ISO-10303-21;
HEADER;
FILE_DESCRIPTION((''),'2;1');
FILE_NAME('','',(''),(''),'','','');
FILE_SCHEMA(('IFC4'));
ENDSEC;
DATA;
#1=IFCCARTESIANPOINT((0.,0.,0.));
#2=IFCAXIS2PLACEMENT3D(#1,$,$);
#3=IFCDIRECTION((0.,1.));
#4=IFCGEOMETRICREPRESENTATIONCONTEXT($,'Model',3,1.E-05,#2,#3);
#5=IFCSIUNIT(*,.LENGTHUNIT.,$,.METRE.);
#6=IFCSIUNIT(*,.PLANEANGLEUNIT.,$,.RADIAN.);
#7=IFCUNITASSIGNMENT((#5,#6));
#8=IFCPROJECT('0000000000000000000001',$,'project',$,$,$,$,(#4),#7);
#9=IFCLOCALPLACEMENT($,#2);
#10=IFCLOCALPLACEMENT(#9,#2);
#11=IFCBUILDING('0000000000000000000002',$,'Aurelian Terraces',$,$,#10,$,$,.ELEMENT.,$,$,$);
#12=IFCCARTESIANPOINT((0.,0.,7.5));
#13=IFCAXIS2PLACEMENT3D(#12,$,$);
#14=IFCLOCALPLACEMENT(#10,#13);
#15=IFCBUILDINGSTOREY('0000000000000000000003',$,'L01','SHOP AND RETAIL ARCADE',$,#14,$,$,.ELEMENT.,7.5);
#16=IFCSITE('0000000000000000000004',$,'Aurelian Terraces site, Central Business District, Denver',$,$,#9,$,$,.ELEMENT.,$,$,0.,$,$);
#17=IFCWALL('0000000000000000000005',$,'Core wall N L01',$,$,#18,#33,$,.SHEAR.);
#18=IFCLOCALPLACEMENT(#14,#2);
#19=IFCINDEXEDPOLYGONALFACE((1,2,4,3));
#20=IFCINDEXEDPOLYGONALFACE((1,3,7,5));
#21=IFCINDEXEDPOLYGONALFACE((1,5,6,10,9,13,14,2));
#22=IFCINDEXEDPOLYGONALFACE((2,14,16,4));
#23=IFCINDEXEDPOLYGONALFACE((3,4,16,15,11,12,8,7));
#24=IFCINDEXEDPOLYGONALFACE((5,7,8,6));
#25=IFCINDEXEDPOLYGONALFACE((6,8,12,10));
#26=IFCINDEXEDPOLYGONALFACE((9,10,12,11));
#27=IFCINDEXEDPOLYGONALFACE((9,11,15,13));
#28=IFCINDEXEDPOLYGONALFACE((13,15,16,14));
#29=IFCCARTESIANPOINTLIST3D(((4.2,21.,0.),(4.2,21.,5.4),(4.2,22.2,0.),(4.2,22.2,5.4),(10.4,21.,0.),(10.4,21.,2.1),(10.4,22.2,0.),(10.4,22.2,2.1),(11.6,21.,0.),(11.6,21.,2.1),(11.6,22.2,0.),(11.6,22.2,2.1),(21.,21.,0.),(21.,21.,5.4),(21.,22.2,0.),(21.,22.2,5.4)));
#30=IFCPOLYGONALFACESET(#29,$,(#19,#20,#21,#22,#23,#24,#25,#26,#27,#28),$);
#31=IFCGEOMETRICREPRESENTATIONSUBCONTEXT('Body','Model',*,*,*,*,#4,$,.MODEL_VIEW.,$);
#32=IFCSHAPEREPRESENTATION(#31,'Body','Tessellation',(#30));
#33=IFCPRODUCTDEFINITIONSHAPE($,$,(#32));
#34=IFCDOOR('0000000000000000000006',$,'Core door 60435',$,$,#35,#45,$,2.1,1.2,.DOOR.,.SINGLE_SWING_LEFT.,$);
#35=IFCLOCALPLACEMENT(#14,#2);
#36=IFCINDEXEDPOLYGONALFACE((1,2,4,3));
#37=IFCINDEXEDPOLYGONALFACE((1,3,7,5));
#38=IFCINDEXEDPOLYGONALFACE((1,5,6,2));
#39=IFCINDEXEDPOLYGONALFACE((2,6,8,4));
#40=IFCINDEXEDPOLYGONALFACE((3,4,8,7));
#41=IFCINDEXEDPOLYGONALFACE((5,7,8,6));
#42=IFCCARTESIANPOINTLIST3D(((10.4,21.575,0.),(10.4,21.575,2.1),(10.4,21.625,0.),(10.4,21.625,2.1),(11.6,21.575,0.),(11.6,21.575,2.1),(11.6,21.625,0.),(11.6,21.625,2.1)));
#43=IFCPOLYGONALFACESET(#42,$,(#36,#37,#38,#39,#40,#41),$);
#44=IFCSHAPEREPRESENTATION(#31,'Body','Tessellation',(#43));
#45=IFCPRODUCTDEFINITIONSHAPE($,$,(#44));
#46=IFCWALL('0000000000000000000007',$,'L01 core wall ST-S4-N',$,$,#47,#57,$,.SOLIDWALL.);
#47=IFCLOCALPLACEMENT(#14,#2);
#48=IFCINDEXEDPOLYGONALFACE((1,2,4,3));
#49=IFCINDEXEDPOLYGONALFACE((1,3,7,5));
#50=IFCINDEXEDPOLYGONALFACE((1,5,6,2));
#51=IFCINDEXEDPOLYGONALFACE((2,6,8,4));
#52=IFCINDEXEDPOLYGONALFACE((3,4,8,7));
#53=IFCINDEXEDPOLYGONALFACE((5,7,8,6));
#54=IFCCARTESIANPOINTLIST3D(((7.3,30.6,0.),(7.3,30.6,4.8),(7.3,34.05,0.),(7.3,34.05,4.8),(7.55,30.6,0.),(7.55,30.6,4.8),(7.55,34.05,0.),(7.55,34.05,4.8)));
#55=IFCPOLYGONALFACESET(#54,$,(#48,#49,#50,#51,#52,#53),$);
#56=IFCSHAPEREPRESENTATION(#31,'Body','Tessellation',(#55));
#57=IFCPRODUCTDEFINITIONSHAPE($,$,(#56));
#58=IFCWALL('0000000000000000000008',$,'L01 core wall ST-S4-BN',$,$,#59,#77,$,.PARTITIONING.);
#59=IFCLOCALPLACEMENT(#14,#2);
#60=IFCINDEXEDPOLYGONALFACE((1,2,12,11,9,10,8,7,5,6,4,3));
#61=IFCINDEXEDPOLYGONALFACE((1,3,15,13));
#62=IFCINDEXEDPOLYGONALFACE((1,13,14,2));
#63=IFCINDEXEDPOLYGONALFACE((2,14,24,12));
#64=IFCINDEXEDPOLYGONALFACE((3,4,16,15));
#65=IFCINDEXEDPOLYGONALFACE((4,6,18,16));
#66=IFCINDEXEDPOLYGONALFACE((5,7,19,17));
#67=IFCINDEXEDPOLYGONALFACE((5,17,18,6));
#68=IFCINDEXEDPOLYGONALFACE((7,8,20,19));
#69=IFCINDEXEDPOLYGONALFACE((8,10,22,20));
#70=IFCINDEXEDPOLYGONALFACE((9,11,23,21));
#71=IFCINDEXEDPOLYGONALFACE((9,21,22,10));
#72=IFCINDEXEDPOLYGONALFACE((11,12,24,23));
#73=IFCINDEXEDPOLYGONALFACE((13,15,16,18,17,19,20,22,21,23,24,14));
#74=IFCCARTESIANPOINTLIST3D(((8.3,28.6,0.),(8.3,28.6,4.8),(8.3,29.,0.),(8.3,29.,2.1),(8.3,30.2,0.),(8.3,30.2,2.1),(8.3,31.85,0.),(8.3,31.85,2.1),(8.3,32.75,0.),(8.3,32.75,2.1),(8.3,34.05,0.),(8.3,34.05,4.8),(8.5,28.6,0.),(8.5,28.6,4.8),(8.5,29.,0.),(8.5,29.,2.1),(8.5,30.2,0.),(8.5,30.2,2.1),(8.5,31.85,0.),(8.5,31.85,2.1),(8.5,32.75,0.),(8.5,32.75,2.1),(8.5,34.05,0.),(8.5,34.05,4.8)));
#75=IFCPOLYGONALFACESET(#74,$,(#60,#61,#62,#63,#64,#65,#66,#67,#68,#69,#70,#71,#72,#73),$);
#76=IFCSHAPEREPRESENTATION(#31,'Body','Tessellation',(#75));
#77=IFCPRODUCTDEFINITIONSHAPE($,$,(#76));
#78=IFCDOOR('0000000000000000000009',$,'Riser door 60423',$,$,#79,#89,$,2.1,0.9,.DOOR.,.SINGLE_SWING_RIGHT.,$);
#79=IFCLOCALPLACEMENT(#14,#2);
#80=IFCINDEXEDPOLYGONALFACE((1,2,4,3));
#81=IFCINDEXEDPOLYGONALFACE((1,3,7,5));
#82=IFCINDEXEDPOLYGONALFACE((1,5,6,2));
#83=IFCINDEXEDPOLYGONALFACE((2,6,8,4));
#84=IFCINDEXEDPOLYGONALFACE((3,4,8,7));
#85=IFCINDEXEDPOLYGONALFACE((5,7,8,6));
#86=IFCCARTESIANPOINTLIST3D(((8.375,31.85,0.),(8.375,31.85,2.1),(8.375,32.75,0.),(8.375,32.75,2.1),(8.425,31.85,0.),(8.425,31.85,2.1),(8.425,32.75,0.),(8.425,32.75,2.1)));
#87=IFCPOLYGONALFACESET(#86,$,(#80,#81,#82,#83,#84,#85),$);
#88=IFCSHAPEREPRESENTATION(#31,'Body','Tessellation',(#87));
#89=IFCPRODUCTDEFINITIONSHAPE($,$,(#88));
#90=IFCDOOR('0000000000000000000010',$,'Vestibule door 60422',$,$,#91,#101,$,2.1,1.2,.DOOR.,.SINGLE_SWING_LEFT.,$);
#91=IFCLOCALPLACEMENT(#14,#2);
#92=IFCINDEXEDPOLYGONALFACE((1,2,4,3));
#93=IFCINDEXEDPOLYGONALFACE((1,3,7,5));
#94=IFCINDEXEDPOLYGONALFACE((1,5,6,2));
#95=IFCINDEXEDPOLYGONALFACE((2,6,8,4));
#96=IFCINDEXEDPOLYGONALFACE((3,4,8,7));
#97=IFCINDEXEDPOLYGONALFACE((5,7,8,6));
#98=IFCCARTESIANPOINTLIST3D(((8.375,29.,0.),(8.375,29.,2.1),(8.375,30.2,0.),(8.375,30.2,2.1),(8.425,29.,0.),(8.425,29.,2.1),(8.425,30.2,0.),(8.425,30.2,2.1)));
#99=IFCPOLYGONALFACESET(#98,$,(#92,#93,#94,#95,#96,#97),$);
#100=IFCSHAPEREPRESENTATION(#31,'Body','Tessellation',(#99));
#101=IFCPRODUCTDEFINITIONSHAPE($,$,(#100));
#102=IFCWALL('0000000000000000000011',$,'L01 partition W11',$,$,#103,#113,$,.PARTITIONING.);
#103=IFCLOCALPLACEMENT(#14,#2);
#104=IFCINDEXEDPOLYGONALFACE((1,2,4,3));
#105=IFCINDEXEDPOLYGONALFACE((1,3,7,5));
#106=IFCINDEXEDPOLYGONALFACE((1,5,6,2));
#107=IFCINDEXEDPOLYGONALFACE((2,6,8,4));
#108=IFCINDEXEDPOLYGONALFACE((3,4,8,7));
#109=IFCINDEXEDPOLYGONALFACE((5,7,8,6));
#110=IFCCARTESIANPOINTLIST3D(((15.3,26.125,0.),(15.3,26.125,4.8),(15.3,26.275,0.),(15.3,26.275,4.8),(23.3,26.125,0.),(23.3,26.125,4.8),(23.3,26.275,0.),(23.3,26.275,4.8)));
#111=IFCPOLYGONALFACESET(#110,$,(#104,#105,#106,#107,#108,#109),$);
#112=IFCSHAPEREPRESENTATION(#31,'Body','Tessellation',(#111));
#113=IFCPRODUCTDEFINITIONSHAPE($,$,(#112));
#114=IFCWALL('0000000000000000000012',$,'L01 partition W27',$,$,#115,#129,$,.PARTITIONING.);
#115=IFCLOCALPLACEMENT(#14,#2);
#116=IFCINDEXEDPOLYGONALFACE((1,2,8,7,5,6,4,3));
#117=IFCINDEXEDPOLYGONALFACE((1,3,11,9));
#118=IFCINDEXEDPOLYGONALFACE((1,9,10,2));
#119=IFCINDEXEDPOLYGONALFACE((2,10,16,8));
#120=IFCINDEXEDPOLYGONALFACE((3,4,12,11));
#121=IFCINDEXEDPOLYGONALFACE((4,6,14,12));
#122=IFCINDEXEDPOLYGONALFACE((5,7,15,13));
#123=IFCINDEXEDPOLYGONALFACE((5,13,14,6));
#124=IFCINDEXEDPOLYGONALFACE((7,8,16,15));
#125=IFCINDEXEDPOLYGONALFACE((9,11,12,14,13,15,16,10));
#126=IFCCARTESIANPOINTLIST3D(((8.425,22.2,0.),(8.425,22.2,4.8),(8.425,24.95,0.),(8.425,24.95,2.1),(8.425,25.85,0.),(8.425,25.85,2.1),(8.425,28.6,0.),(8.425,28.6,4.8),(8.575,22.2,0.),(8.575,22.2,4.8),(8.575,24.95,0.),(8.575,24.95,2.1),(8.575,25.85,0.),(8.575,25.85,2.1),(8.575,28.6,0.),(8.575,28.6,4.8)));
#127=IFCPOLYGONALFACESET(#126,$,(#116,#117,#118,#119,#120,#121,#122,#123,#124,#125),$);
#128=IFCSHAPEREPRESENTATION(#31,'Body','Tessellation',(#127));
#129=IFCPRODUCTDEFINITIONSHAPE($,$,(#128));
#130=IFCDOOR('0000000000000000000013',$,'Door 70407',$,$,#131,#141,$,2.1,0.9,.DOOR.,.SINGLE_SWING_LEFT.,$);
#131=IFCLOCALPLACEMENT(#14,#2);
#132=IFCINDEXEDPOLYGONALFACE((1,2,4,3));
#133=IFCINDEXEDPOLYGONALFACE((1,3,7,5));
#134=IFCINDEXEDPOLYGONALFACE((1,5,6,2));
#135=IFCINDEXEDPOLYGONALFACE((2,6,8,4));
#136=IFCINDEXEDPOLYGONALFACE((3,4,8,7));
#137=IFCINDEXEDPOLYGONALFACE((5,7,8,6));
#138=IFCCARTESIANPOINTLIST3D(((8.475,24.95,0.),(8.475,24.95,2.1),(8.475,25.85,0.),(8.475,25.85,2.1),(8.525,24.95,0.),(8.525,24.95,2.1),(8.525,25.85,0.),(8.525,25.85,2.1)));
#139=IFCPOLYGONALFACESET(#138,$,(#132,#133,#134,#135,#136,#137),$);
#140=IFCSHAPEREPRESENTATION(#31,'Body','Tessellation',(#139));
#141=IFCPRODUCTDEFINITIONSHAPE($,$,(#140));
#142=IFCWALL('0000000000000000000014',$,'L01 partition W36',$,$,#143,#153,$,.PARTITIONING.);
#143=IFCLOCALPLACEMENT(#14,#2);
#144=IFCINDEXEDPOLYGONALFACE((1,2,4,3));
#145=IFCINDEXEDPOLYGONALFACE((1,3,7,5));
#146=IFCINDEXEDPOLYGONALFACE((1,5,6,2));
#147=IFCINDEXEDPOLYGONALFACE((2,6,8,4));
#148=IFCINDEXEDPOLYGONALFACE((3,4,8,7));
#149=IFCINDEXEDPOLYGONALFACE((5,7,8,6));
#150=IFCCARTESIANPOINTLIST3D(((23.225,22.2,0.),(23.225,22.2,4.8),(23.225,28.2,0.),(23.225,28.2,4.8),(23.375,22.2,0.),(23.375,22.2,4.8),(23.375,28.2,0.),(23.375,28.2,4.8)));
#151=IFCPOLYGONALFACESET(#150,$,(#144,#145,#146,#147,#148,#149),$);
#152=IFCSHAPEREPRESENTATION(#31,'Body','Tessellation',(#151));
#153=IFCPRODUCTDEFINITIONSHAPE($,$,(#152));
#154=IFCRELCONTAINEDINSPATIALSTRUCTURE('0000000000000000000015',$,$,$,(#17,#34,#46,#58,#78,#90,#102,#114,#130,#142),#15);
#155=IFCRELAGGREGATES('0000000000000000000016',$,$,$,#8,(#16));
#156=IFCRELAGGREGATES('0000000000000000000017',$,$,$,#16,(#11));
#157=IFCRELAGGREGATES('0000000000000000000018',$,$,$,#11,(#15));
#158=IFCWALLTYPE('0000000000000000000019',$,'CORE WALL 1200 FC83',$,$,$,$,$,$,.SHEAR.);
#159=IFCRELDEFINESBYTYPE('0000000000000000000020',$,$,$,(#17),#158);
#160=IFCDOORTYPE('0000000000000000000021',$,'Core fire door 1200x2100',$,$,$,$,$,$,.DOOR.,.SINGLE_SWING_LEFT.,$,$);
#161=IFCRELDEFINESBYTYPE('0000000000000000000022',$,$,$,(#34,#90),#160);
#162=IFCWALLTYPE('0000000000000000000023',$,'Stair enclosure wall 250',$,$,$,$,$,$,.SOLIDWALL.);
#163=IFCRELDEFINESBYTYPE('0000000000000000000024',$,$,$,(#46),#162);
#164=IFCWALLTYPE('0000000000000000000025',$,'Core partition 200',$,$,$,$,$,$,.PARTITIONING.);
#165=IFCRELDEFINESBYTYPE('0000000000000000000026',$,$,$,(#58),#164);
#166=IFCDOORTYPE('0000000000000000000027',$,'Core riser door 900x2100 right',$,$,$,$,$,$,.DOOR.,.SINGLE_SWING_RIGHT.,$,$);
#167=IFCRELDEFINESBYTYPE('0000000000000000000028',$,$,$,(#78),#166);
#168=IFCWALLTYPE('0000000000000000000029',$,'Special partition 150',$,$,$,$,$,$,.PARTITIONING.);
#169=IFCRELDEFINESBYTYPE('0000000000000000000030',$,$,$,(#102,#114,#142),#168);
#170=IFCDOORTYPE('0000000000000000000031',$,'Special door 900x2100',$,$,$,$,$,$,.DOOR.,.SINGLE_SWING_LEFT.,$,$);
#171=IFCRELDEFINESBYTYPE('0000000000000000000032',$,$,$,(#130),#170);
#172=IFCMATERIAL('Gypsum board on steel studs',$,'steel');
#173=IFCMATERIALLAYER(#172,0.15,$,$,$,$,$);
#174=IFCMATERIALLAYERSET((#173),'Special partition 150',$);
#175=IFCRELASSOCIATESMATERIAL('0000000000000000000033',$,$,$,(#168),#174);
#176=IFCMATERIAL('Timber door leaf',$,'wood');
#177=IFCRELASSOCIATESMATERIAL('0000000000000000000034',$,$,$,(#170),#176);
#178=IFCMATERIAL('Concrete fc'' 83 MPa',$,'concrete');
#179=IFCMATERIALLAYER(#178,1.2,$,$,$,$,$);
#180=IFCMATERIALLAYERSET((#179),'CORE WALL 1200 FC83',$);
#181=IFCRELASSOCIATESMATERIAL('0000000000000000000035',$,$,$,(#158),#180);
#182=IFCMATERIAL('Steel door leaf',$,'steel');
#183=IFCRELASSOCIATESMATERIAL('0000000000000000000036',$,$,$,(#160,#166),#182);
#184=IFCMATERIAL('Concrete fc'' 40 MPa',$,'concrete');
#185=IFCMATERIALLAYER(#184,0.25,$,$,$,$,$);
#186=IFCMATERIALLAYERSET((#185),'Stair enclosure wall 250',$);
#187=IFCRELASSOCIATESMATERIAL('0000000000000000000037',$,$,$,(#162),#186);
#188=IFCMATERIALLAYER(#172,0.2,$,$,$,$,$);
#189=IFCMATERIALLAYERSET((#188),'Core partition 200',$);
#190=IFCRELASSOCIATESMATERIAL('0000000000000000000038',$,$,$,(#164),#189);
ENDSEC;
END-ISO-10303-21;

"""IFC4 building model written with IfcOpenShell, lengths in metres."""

from ifc_helpers import new_model, si_unit, direction, frame, frame_2d, origin, place, context, subcontext, project, spatial, rectangle, extrude, source, transform, mapped, material, layer, layer_set, type_object, element, fill, save


model = new_model("IFC4")

# Units and contexts
model_context = context("Model", 3, precision=1e-05, world=origin(), true_north=direction((0.0, 1.0)))
body_context = subcontext(model_context, "Body", "Model", "MODEL_VIEW")
ifc_project = project(units=[si_unit("LENGTHUNIT", "METRE"), si_unit("PLANEANGLEUNIT", "RADIAN")], contexts=[model_context])

# Site, building, storey
site_placement = place(None, origin())
site = spatial("IfcSite", under=ifc_project, at=site_placement, Name="Aurelian Terraces site, Central Business District, Denver", CompositionType="ELEMENT", RefElevation=0.0)
building_placement = place(site_placement, origin())
building = spatial("IfcBuilding", under=site, at=building_placement, Name="Aurelian Terraces", CompositionType="ELEMENT")
storey_placement = place(building_placement, frame((0.0, 0.0, 7.5)))
storey = spatial("IfcBuildingStorey", under=building, at=storey_placement, Name="L01", Description="SHOP AND RETAIL ARCADE", CompositionType="ELEMENT", Elevation=7.5)

# Shared definitions
ifc_material_1 = material(Name="Concrete fc' 83 MPa", Category="concrete")

# Shared definitions
ifc_material_2 = material(Name="Gypsum board on steel studs", Category="steel")
ifc_layer_1 = layer(ifc_material_2, 0.15)
ifc_layer_set_1 = layer_set([ifc_layer_1], Name="Special partition 150")
wall_type_1 = type_object("IfcWallType", Name="Special partition 150", PredefinedType="PARTITIONING", material=ifc_layer_set_1)

# Shared definitions
shared_shape_1 = source(origin(), body_context, "Body", "SweptSolid", [
    extrude(rectangle(XDim=0.9, YDim=2.1, at=frame_2d((0.45, 1.05))), frame((0.0, 0.085, 0.0), z_axis=(0.0, -1.0, 0.0), x_axis=(1.0, 0.0, 0.0)), (0.0, 0.0, 1.0), 0.17),
])
ifc_material_3 = material(Name="Timber door leaf", Category="wood")
door_type_1 = type_object("IfcDoorType", Name="Special door 900x2100", OperationType="SINGLE_SWING_LEFT", PredefinedType="DOOR", material=ifc_material_3)
shared_shape_2 = source(origin(), body_context, "Body", "SweptSolid", [
    extrude(rectangle(XDim=0.9, YDim=2.1, at=frame_2d((0.45, 1.05))), frame((0.0, 0.025, 0.0), z_axis=(0.0, -1.0, 0.0), x_axis=(1.0, 0.0, 0.0)), (0.0, 0.0, 1.0), 0.05),
])

# Wall, opening, door
ifc_layer_2 = layer(ifc_material_1, 1.2)
ifc_layer_set_2 = layer_set([ifc_layer_2], Name="CORE WALL 1200 FC83")
wall_type_2 = type_object("IfcWallType", Name="CORE WALL 1200 FC83", PredefinedType="SHEAR", material=ifc_layer_set_2)
shared_shape_3 = source(origin(), body_context, "Body", "SweptSolid", [
    extrude(rectangle(XDim=16.8, YDim=1.2, at=frame_2d((8.4, 0.0))), origin(), (0.0, 0.0, 1.0), 5.4),
])
wall_1_placement = place(storey_placement, frame((4.2, 21.6, 0.0), z_axis=(0.0, 0.0, 1.0), x_axis=(1.0, 0.0, 0.0)))
wall_1 = element("IfcWall", 1, at=wall_1_placement, inside=storey, type_object=wall_type_2, Name="Core wall N L01", PredefinedType="SHEAR", context=body_context, shape_type="MappedRepresentation", body=[
    mapped(shared_shape_3, transform((0.0, 0.0, 0.0), scale=1.0)),
])
shared_shape_4 = source(origin(), body_context, "Body", "SweptSolid", [
    extrude(rectangle(XDim=1.2, YDim=2.1, at=frame_2d((0.6, 1.05))), frame((0.0, 0.61, 0.0), z_axis=(0.0, -1.0, 0.0), x_axis=(1.0, 0.0, 0.0)), (0.0, 0.0, 1.0), 1.22),
])
opening_1_placement = place(wall_1_placement, frame((6.2, 0.0, 0.0)))
opening_1 = element("IfcOpeningElement", 2, at=opening_1_placement, cuts=wall_1, PredefinedType="OPENING", context=body_context, shape_type="MappedRepresentation", body=[
    mapped(shared_shape_4, transform((0.0, 0.0, 0.0), scale=1.0)),
])
ifc_material_4 = material(Name="Steel door leaf", Category="steel")
door_type_2 = type_object("IfcDoorType", Name="Core fire door 1200x2100", OperationType="SINGLE_SWING_LEFT", PredefinedType="DOOR", material=ifc_material_4)
shared_shape_5 = source(origin(), body_context, "Body", "SweptSolid", [
    extrude(rectangle(XDim=1.2, YDim=2.1, at=frame_2d((0.6, 1.05))), frame((0.0, 0.025, 0.0), z_axis=(0.0, -1.0, 0.0), x_axis=(1.0, 0.0, 0.0)), (0.0, 0.0, 1.0), 0.05),
])
door_1_placement = place(opening_1_placement, origin())
door_1 = element("IfcDoor", 3, at=door_1_placement, inside=storey, type_object=door_type_2, Name="Core door 60435", OperationType="SINGLE_SWING_LEFT", OverallHeight=2.1, OverallWidth=1.2, PredefinedType="DOOR", context=body_context, shape_type="MappedRepresentation", body=[
    mapped(shared_shape_5, transform((0.0, 0.0, 0.0), scale=1.0)),
])
fill(opening_1, door_1)

# Wall
ifc_material_5 = material(Name="Concrete fc' 40 MPa", Category="concrete")
ifc_layer_3 = layer(ifc_material_5, 0.25)
ifc_layer_set_3 = layer_set([ifc_layer_3], Name="Stair enclosure wall 250")
wall_type_3 = type_object("IfcWallType", Name="Stair enclosure wall 250", PredefinedType="SOLIDWALL", material=ifc_layer_set_3)
shared_shape_6 = source(origin(), body_context, "Body", "SweptSolid", [
    extrude(rectangle(XDim=3.45, YDim=0.25, at=frame_2d((1.725, 0.0))), origin(), (0.0, 0.0, 1.0), 4.8),
])
wall_2_placement = place(storey_placement, frame((7.425, 30.6, 0.0), z_axis=(0.0, 0.0, 1.0), x_axis=(0.0, 1.0, 0.0)))
element("IfcWall", 4, at=wall_2_placement, inside=storey, type_object=wall_type_3, Name="L01 core wall ST-S4-N", PredefinedType="SOLIDWALL", context=body_context, shape_type="MappedRepresentation", body=[
    mapped(shared_shape_6, transform((0.0, 0.0, 0.0), scale=1.0)),
])

# Wall, openings, doors
ifc_layer_4 = layer(ifc_material_2, 0.2)
ifc_layer_set_4 = layer_set([ifc_layer_4], Name="Core partition 200")
wall_type_4 = type_object("IfcWallType", Name="Core partition 200", PredefinedType="PARTITIONING", material=ifc_layer_set_4)
shared_shape_7 = source(origin(), body_context, "Body", "SweptSolid", [
    extrude(rectangle(XDim=5.45, YDim=0.2, at=frame_2d((2.725, 0.0))), origin(), (0.0, 0.0, 1.0), 4.8),
])
wall_3_placement = place(storey_placement, frame((8.4, 28.6, 0.0), z_axis=(0.0, 0.0, 1.0), x_axis=(0.0, 1.0, 0.0)))
wall_3 = element("IfcWall", 5, at=wall_3_placement, inside=storey, type_object=wall_type_4, Name="L01 core wall ST-S4-BN", PredefinedType="PARTITIONING", context=body_context, shape_type="MappedRepresentation", body=[
    mapped(shared_shape_7, transform((0.0, 0.0, 0.0), scale=1.0)),
])
shared_shape_8 = source(origin(), body_context, "Body", "SweptSolid", [
    extrude(rectangle(XDim=1.2, YDim=2.1, at=frame_2d((0.6, 1.05))), frame((0.0, 0.11, 0.0), z_axis=(0.0, -1.0, 0.0), x_axis=(1.0, 0.0, 0.0)), (0.0, 0.0, 1.0), 0.22),
])
opening_2_placement = place(wall_3_placement, frame((0.4, 0.0, 0.0)))
opening_2 = element("IfcOpeningElement", 6, at=opening_2_placement, cuts=wall_3, PredefinedType="OPENING", context=body_context, shape_type="MappedRepresentation", body=[
    mapped(shared_shape_8, transform((0.0, 0.0, 0.0), scale=1.0)),
])
shared_shape_9 = source(origin(), body_context, "Body", "SweptSolid", [
    extrude(rectangle(XDim=0.9, YDim=2.1, at=frame_2d((0.45, 1.05))), frame((0.0, 0.11, 0.0), z_axis=(0.0, -1.0, 0.0), x_axis=(1.0, 0.0, 0.0)), (0.0, 0.0, 1.0), 0.22),
])
opening_3_placement = place(wall_3_placement, frame((3.25, 0.0, 0.0)))
opening_3 = element("IfcOpeningElement", 7, at=opening_3_placement, cuts=wall_3, PredefinedType="OPENING", context=body_context, shape_type="MappedRepresentation", body=[
    mapped(shared_shape_9, transform((0.0, 0.0, 0.0), scale=1.0)),
])
door_type_3 = type_object("IfcDoorType", Name="Core riser door 900x2100 right", OperationType="SINGLE_SWING_RIGHT", PredefinedType="DOOR", material=ifc_material_4)
door_2_placement = place(opening_3_placement, origin())
door_2 = element("IfcDoor", 8, at=door_2_placement, inside=storey, type_object=door_type_3, Name="Riser door 60423", OperationType="SINGLE_SWING_RIGHT", OverallHeight=2.1, OverallWidth=0.9, PredefinedType="DOOR", context=body_context, shape_type="MappedRepresentation", body=[
    mapped(shared_shape_2, transform((0.0, 0.0, 0.0), scale=1.0)),
])
fill(opening_3, door_2)
door_3_placement = place(opening_2_placement, origin())
door_3 = element("IfcDoor", 9, at=door_3_placement, inside=storey, type_object=door_type_2, Name="Vestibule door 60422", OperationType="SINGLE_SWING_LEFT", OverallHeight=2.1, OverallWidth=1.2, PredefinedType="DOOR", context=body_context, shape_type="MappedRepresentation", body=[
    mapped(shared_shape_5, transform((0.0, 0.0, 0.0), scale=1.0)),
])
fill(opening_2, door_3)

# Wall
shared_shape_10 = source(origin(), body_context, "Body", "SweptSolid", [
    extrude(rectangle(XDim=8.0, YDim=0.15, at=frame_2d((4.0, 0.0))), origin(), (0.0, 0.0, 1.0), 4.8),
])
wall_4_placement = place(storey_placement, frame((15.3, 26.2, 0.0), z_axis=(0.0, 0.0, 1.0), x_axis=(1.0, 0.0, 0.0)))
element("IfcWall", 10, at=wall_4_placement, inside=storey, type_object=wall_type_1, Name="L01 partition W11", PredefinedType="PARTITIONING", context=body_context, shape_type="MappedRepresentation", body=[
    mapped(shared_shape_10, transform((0.0, 0.0, 0.0), scale=1.0)),
])

# Wall, opening, door
shared_shape_11 = source(origin(), body_context, "Body", "SweptSolid", [
    extrude(rectangle(XDim=6.4, YDim=0.15, at=frame_2d((3.2, 0.0))), origin(), (0.0, 0.0, 1.0), 4.8),
])
wall_5_placement = place(storey_placement, frame((8.5, 22.2, 0.0), z_axis=(0.0, 0.0, 1.0), x_axis=(0.0, 1.0, 0.0)))
wall_5 = element("IfcWall", 11, at=wall_5_placement, inside=storey, type_object=wall_type_1, Name="L01 partition W27", PredefinedType="PARTITIONING", context=body_context, shape_type="MappedRepresentation", body=[
    mapped(shared_shape_11, transform((0.0, 0.0, 0.0), scale=1.0)),
])
opening_4_placement = place(wall_5_placement, frame((2.75, 0.0, 0.0)))
opening_4 = element("IfcOpeningElement", 12, at=opening_4_placement, cuts=wall_5, PredefinedType="OPENING", context=body_context, shape_type="MappedRepresentation", body=[
    mapped(shared_shape_1, transform((0.0, 0.0, 0.0), scale=1.0)),
])
door_4_placement = place(opening_4_placement, origin())
door_4 = element("IfcDoor", 13, at=door_4_placement, inside=storey, type_object=door_type_1, Name="Door 70407", OperationType="SINGLE_SWING_LEFT", OverallHeight=2.1, OverallWidth=0.9, PredefinedType="DOOR", context=body_context, shape_type="MappedRepresentation", body=[
    mapped(shared_shape_2, transform((0.0, 0.0, 0.0), scale=1.0)),
])
fill(opening_4, door_4)

# Wall
shared_shape_12 = source(origin(), body_context, "Body", "SweptSolid", [
    extrude(rectangle(XDim=6.0, YDim=0.15, at=frame_2d((3.0, 0.0))), origin(), (0.0, 0.0, 1.0), 4.8),
])
wall_6_placement = place(storey_placement, frame((23.3, 22.2, 0.0), z_axis=(0.0, 0.0, 1.0), x_axis=(0.0, 1.0, 0.0)))
element("IfcWall", 14, at=wall_6_placement, inside=storey, type_object=wall_type_1, Name="L01 partition W36", PredefinedType="PARTITIONING", context=body_context, shape_type="MappedRepresentation", body=[
    mapped(shared_shape_12, transform((0.0, 0.0, 0.0), scale=1.0)),
])

save(model, "model.ifc")
